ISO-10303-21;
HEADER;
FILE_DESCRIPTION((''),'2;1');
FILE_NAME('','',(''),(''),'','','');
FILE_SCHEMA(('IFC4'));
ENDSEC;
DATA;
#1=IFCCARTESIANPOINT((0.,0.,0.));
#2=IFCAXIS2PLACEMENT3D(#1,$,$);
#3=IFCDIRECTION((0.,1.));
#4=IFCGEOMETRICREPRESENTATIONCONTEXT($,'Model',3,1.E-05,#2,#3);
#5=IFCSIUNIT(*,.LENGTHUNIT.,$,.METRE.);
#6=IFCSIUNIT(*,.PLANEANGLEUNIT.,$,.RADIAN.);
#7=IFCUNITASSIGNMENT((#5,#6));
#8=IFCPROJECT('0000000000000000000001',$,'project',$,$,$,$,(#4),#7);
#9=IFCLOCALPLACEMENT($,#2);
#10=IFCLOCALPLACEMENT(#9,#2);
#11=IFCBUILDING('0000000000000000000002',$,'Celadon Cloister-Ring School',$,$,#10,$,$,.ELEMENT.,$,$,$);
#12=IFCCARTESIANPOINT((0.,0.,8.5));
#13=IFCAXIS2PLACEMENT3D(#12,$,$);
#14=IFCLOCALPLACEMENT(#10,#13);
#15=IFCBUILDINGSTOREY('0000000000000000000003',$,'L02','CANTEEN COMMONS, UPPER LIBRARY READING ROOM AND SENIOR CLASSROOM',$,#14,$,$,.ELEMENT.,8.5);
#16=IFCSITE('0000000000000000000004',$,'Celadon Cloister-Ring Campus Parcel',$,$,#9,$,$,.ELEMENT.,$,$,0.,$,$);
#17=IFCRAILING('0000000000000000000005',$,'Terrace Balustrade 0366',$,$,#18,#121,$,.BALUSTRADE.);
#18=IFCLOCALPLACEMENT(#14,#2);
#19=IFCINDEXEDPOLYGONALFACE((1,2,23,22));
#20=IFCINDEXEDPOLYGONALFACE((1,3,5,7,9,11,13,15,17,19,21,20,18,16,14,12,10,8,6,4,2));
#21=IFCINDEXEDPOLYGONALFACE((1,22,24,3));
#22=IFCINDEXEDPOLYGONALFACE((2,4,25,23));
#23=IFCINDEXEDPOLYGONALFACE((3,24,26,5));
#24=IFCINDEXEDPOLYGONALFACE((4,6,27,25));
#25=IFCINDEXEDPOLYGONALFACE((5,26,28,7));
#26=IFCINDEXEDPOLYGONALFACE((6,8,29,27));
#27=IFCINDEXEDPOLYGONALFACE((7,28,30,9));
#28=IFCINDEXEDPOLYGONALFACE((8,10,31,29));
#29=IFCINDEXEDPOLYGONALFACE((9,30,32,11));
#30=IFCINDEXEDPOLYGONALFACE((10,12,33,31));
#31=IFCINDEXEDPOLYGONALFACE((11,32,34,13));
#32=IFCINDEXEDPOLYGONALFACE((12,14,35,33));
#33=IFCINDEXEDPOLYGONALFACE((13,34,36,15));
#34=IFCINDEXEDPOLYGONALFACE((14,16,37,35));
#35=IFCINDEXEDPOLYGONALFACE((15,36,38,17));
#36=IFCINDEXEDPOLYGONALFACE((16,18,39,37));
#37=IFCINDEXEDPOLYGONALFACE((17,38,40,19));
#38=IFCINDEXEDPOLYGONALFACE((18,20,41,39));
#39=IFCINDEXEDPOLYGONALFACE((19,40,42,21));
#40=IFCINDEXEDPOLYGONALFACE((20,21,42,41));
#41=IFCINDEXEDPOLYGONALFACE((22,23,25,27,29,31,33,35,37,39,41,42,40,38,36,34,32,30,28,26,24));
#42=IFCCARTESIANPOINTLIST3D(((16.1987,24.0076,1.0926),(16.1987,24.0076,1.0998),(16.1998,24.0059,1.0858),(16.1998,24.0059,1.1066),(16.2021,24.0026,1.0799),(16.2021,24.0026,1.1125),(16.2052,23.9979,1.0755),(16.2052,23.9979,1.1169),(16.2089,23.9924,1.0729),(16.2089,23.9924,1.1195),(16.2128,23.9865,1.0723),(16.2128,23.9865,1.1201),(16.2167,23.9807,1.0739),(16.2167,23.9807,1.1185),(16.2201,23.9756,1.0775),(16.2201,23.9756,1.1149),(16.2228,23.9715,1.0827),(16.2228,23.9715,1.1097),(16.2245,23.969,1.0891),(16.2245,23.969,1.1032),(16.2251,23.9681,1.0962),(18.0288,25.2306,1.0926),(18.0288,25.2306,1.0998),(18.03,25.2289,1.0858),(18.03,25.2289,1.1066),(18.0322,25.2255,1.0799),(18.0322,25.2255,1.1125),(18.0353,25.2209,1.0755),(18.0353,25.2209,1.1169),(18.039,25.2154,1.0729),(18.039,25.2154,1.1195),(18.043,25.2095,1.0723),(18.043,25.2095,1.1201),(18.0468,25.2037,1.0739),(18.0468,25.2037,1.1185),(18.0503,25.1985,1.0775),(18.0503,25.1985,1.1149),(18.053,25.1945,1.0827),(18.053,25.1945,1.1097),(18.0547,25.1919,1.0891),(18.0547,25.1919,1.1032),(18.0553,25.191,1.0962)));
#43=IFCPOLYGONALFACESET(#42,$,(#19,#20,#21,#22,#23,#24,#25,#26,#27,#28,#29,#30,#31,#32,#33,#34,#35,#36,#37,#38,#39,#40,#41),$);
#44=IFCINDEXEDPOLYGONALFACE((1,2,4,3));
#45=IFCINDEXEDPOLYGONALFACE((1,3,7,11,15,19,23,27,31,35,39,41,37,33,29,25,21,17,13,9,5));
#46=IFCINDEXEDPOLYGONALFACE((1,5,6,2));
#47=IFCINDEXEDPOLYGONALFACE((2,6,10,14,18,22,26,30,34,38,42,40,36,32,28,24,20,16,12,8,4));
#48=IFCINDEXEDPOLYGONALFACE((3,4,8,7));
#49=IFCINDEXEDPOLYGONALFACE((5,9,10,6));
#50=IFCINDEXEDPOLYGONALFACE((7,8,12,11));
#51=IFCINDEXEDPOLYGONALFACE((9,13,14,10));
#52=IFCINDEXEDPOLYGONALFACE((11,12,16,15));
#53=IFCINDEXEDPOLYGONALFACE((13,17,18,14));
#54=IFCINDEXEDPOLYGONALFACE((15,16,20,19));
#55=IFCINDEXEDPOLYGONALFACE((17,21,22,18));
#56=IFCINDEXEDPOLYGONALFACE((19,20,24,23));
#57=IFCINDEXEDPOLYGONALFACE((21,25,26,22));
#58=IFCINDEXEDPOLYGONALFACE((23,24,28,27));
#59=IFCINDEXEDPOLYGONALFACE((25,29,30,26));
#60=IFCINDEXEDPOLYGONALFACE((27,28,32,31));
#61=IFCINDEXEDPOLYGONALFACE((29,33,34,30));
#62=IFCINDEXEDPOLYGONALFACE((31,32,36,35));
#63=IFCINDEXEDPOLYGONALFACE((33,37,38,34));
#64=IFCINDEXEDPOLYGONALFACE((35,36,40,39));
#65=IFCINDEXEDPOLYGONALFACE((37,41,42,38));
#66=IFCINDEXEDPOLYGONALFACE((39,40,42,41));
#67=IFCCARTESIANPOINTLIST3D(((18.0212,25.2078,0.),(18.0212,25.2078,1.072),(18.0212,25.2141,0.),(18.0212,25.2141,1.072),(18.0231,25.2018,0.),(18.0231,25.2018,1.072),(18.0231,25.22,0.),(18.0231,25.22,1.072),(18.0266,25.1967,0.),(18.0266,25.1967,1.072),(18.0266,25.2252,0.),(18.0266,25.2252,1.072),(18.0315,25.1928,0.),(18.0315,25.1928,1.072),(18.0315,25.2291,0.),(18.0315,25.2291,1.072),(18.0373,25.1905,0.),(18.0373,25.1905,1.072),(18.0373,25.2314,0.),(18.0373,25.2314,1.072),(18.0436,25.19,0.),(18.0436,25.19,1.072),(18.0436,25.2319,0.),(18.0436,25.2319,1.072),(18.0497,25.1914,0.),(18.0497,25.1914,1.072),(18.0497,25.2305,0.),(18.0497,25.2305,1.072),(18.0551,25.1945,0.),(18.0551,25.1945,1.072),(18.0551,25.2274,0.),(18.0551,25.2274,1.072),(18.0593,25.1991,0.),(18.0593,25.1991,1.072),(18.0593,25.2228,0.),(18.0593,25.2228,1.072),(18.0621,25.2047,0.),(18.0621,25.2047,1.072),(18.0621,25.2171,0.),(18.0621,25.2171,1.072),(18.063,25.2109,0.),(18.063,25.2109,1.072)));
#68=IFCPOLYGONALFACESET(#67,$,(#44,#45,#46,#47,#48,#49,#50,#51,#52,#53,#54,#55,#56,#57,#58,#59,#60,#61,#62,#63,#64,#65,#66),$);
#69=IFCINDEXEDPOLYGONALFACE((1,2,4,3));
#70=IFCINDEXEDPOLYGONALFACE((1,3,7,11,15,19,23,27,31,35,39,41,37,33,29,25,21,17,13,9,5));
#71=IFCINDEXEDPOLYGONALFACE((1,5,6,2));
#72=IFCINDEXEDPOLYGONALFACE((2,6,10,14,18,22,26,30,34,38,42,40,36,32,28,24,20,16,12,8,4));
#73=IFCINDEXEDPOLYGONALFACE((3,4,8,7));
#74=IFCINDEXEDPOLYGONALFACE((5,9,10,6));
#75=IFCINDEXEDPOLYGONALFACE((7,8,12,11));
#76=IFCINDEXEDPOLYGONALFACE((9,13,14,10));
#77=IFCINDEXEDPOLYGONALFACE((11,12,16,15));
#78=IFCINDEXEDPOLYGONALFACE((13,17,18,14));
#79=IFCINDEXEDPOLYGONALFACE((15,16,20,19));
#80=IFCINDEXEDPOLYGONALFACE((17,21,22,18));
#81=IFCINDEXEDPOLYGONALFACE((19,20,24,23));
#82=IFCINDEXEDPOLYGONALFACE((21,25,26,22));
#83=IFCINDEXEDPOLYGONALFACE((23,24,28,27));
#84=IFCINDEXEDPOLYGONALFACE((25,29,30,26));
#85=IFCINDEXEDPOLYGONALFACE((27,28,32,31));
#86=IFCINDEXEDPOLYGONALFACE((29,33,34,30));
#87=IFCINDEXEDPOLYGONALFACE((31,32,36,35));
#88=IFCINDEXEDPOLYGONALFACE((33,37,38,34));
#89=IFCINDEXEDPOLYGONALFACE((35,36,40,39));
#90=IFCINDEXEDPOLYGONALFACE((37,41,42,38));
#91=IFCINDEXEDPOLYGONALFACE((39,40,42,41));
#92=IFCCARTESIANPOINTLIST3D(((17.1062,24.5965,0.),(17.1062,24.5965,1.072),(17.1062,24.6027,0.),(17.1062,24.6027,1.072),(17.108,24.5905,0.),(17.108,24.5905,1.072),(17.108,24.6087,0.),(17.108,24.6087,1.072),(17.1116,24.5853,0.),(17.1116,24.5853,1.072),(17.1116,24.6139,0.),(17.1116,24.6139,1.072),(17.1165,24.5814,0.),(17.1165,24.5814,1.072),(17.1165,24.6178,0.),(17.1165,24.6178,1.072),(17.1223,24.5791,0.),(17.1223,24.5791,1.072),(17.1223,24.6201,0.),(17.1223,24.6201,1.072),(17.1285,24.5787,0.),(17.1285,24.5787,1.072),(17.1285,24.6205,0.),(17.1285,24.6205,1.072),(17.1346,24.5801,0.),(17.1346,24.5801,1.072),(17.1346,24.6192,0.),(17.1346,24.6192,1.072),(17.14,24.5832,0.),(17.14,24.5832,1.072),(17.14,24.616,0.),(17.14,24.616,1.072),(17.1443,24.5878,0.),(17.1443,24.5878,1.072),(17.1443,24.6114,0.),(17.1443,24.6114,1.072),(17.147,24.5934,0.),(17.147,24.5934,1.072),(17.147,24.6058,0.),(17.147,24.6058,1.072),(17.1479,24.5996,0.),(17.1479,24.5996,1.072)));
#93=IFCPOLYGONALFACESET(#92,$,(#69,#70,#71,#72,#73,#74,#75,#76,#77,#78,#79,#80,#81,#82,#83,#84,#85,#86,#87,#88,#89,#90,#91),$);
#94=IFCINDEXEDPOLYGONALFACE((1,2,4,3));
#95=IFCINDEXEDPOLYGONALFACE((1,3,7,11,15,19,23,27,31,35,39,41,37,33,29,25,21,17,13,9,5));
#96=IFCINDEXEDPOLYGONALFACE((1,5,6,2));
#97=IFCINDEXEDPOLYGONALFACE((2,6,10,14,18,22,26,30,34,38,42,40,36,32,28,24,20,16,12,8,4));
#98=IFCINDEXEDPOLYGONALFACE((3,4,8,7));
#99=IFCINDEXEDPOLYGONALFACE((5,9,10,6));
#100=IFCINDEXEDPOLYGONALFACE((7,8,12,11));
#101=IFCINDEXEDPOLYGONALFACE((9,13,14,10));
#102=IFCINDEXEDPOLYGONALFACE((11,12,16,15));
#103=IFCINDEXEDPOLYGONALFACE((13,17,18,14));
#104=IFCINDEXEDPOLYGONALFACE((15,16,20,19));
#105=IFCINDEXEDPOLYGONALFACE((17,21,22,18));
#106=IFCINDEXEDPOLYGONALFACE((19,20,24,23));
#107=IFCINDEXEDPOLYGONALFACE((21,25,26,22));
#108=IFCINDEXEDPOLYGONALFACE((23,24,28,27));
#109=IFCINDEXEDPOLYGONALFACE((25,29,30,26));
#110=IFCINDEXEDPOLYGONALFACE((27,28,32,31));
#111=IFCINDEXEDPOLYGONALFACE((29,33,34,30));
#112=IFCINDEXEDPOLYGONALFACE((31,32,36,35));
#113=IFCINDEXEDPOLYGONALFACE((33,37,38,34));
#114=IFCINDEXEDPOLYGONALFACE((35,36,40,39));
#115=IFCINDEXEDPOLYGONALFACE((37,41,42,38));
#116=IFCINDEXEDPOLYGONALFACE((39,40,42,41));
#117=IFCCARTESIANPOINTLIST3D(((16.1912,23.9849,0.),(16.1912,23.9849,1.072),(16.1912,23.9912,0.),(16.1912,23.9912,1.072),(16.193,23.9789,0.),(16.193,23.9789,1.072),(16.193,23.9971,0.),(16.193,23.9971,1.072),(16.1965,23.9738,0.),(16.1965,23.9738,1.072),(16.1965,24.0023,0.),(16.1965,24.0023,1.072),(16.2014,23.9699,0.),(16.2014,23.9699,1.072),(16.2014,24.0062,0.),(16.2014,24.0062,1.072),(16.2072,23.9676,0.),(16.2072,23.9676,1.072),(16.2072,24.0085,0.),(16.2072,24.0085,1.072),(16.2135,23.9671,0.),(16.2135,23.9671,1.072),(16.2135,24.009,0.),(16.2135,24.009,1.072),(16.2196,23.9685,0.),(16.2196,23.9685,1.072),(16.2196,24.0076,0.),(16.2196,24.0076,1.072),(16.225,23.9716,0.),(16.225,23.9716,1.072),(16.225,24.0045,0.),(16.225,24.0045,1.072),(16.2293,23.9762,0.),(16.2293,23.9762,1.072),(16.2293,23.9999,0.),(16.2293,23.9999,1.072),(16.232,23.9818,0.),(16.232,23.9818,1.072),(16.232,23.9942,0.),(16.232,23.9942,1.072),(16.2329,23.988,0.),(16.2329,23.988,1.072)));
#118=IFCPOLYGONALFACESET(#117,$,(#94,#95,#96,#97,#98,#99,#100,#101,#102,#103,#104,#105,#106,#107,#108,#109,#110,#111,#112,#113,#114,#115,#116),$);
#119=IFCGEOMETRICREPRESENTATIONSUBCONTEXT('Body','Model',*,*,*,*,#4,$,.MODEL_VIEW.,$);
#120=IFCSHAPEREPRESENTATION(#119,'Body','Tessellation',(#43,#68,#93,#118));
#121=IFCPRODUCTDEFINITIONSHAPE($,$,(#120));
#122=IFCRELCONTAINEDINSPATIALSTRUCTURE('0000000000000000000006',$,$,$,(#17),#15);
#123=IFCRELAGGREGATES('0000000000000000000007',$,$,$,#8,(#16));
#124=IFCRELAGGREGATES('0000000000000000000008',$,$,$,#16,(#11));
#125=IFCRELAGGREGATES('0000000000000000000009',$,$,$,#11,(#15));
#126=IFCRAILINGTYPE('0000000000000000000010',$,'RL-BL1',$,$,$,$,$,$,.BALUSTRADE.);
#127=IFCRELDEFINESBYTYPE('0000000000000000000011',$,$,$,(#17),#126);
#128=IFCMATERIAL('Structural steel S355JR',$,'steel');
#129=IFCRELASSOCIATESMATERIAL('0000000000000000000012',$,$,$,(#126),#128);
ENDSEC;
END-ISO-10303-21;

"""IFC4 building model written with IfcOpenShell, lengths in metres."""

from ifc_helpers import new_model, si_unit, direction, frame, origin, origin_2d, place, context, subcontext, project, spatial, circle, extrude, material, type_object, element, save


model = new_model("IFC4")

# Units and contexts
model_context = context("Model", 3, precision=1e-05, world=origin(), true_north=direction((0.0, 1.0)))
body_context = subcontext(model_context, "Body", "Model", "MODEL_VIEW")
ifc_project = project(units=[si_unit("LENGTHUNIT", "METRE"), si_unit("PLANEANGLEUNIT", "RADIAN")], contexts=[model_context])

# Site, building, storey
site_placement = place(None, origin())
site = spatial("IfcSite", under=ifc_project, at=site_placement, Name="Celadon Cloister-Ring Campus Parcel", CompositionType="ELEMENT", RefElevation=0.0)
building_placement = place(site_placement, origin())
building = spatial("IfcBuilding", under=site, at=building_placement, Name="Celadon Cloister-Ring School", CompositionType="ELEMENT")
storey_placement = place(building_placement, frame((0.0, 0.0, 8.5)))
storey = spatial("IfcBuildingStorey", under=building, at=storey_placement, Name="L02", Description="CANTEEN COMMONS, UPPER LIBRARY READING ROOM AND SENIOR CLASSROOM", CompositionType="ELEMENT", Elevation=8.5)

# Railing
ifc_material_1 = material(Name="Structural steel S355JR", Category="steel")
railing_type = type_object("IfcRailingType", Name="RL-BL1", PredefinedType="BALUSTRADE", material=ifc_material_1)
railing_1_placement = place(storey_placement, frame((18.042, 25.2109, 0.0)))
element("IfcRailing", 1, at=railing_1_placement, inside=storey, type_object=railing_type, Name="Terrace Balustrade 0366", PredefinedType="BALUSTRADE", context=body_context, shape_type="SweptSolid", body=[
    extrude(circle(Radius=0.0239, at=origin_2d()), frame((0.0, 0.0, 1.0962), z_axis=(-0.831453, -0.555596, 0.0), x_axis=(0.555596, -0.831453, 0.0)), (0.0, 0.0, 1.0), 2.2012),
    extrude(circle(Radius=0.021, at=origin_2d()), origin(), (0.0, 0.0, 1.0), 1.072),
    extrude(circle(Radius=0.021, at=origin_2d()), frame((-0.915, -0.6113, 0.0)), (0.0, 0.0, 1.0), 1.072),
    extrude(circle(Radius=0.021, at=origin_2d()), frame((-1.8301, -1.2229, 0.0)), (0.0, 0.0, 1.0), 1.072),
])

save(model, "model.ifc")
